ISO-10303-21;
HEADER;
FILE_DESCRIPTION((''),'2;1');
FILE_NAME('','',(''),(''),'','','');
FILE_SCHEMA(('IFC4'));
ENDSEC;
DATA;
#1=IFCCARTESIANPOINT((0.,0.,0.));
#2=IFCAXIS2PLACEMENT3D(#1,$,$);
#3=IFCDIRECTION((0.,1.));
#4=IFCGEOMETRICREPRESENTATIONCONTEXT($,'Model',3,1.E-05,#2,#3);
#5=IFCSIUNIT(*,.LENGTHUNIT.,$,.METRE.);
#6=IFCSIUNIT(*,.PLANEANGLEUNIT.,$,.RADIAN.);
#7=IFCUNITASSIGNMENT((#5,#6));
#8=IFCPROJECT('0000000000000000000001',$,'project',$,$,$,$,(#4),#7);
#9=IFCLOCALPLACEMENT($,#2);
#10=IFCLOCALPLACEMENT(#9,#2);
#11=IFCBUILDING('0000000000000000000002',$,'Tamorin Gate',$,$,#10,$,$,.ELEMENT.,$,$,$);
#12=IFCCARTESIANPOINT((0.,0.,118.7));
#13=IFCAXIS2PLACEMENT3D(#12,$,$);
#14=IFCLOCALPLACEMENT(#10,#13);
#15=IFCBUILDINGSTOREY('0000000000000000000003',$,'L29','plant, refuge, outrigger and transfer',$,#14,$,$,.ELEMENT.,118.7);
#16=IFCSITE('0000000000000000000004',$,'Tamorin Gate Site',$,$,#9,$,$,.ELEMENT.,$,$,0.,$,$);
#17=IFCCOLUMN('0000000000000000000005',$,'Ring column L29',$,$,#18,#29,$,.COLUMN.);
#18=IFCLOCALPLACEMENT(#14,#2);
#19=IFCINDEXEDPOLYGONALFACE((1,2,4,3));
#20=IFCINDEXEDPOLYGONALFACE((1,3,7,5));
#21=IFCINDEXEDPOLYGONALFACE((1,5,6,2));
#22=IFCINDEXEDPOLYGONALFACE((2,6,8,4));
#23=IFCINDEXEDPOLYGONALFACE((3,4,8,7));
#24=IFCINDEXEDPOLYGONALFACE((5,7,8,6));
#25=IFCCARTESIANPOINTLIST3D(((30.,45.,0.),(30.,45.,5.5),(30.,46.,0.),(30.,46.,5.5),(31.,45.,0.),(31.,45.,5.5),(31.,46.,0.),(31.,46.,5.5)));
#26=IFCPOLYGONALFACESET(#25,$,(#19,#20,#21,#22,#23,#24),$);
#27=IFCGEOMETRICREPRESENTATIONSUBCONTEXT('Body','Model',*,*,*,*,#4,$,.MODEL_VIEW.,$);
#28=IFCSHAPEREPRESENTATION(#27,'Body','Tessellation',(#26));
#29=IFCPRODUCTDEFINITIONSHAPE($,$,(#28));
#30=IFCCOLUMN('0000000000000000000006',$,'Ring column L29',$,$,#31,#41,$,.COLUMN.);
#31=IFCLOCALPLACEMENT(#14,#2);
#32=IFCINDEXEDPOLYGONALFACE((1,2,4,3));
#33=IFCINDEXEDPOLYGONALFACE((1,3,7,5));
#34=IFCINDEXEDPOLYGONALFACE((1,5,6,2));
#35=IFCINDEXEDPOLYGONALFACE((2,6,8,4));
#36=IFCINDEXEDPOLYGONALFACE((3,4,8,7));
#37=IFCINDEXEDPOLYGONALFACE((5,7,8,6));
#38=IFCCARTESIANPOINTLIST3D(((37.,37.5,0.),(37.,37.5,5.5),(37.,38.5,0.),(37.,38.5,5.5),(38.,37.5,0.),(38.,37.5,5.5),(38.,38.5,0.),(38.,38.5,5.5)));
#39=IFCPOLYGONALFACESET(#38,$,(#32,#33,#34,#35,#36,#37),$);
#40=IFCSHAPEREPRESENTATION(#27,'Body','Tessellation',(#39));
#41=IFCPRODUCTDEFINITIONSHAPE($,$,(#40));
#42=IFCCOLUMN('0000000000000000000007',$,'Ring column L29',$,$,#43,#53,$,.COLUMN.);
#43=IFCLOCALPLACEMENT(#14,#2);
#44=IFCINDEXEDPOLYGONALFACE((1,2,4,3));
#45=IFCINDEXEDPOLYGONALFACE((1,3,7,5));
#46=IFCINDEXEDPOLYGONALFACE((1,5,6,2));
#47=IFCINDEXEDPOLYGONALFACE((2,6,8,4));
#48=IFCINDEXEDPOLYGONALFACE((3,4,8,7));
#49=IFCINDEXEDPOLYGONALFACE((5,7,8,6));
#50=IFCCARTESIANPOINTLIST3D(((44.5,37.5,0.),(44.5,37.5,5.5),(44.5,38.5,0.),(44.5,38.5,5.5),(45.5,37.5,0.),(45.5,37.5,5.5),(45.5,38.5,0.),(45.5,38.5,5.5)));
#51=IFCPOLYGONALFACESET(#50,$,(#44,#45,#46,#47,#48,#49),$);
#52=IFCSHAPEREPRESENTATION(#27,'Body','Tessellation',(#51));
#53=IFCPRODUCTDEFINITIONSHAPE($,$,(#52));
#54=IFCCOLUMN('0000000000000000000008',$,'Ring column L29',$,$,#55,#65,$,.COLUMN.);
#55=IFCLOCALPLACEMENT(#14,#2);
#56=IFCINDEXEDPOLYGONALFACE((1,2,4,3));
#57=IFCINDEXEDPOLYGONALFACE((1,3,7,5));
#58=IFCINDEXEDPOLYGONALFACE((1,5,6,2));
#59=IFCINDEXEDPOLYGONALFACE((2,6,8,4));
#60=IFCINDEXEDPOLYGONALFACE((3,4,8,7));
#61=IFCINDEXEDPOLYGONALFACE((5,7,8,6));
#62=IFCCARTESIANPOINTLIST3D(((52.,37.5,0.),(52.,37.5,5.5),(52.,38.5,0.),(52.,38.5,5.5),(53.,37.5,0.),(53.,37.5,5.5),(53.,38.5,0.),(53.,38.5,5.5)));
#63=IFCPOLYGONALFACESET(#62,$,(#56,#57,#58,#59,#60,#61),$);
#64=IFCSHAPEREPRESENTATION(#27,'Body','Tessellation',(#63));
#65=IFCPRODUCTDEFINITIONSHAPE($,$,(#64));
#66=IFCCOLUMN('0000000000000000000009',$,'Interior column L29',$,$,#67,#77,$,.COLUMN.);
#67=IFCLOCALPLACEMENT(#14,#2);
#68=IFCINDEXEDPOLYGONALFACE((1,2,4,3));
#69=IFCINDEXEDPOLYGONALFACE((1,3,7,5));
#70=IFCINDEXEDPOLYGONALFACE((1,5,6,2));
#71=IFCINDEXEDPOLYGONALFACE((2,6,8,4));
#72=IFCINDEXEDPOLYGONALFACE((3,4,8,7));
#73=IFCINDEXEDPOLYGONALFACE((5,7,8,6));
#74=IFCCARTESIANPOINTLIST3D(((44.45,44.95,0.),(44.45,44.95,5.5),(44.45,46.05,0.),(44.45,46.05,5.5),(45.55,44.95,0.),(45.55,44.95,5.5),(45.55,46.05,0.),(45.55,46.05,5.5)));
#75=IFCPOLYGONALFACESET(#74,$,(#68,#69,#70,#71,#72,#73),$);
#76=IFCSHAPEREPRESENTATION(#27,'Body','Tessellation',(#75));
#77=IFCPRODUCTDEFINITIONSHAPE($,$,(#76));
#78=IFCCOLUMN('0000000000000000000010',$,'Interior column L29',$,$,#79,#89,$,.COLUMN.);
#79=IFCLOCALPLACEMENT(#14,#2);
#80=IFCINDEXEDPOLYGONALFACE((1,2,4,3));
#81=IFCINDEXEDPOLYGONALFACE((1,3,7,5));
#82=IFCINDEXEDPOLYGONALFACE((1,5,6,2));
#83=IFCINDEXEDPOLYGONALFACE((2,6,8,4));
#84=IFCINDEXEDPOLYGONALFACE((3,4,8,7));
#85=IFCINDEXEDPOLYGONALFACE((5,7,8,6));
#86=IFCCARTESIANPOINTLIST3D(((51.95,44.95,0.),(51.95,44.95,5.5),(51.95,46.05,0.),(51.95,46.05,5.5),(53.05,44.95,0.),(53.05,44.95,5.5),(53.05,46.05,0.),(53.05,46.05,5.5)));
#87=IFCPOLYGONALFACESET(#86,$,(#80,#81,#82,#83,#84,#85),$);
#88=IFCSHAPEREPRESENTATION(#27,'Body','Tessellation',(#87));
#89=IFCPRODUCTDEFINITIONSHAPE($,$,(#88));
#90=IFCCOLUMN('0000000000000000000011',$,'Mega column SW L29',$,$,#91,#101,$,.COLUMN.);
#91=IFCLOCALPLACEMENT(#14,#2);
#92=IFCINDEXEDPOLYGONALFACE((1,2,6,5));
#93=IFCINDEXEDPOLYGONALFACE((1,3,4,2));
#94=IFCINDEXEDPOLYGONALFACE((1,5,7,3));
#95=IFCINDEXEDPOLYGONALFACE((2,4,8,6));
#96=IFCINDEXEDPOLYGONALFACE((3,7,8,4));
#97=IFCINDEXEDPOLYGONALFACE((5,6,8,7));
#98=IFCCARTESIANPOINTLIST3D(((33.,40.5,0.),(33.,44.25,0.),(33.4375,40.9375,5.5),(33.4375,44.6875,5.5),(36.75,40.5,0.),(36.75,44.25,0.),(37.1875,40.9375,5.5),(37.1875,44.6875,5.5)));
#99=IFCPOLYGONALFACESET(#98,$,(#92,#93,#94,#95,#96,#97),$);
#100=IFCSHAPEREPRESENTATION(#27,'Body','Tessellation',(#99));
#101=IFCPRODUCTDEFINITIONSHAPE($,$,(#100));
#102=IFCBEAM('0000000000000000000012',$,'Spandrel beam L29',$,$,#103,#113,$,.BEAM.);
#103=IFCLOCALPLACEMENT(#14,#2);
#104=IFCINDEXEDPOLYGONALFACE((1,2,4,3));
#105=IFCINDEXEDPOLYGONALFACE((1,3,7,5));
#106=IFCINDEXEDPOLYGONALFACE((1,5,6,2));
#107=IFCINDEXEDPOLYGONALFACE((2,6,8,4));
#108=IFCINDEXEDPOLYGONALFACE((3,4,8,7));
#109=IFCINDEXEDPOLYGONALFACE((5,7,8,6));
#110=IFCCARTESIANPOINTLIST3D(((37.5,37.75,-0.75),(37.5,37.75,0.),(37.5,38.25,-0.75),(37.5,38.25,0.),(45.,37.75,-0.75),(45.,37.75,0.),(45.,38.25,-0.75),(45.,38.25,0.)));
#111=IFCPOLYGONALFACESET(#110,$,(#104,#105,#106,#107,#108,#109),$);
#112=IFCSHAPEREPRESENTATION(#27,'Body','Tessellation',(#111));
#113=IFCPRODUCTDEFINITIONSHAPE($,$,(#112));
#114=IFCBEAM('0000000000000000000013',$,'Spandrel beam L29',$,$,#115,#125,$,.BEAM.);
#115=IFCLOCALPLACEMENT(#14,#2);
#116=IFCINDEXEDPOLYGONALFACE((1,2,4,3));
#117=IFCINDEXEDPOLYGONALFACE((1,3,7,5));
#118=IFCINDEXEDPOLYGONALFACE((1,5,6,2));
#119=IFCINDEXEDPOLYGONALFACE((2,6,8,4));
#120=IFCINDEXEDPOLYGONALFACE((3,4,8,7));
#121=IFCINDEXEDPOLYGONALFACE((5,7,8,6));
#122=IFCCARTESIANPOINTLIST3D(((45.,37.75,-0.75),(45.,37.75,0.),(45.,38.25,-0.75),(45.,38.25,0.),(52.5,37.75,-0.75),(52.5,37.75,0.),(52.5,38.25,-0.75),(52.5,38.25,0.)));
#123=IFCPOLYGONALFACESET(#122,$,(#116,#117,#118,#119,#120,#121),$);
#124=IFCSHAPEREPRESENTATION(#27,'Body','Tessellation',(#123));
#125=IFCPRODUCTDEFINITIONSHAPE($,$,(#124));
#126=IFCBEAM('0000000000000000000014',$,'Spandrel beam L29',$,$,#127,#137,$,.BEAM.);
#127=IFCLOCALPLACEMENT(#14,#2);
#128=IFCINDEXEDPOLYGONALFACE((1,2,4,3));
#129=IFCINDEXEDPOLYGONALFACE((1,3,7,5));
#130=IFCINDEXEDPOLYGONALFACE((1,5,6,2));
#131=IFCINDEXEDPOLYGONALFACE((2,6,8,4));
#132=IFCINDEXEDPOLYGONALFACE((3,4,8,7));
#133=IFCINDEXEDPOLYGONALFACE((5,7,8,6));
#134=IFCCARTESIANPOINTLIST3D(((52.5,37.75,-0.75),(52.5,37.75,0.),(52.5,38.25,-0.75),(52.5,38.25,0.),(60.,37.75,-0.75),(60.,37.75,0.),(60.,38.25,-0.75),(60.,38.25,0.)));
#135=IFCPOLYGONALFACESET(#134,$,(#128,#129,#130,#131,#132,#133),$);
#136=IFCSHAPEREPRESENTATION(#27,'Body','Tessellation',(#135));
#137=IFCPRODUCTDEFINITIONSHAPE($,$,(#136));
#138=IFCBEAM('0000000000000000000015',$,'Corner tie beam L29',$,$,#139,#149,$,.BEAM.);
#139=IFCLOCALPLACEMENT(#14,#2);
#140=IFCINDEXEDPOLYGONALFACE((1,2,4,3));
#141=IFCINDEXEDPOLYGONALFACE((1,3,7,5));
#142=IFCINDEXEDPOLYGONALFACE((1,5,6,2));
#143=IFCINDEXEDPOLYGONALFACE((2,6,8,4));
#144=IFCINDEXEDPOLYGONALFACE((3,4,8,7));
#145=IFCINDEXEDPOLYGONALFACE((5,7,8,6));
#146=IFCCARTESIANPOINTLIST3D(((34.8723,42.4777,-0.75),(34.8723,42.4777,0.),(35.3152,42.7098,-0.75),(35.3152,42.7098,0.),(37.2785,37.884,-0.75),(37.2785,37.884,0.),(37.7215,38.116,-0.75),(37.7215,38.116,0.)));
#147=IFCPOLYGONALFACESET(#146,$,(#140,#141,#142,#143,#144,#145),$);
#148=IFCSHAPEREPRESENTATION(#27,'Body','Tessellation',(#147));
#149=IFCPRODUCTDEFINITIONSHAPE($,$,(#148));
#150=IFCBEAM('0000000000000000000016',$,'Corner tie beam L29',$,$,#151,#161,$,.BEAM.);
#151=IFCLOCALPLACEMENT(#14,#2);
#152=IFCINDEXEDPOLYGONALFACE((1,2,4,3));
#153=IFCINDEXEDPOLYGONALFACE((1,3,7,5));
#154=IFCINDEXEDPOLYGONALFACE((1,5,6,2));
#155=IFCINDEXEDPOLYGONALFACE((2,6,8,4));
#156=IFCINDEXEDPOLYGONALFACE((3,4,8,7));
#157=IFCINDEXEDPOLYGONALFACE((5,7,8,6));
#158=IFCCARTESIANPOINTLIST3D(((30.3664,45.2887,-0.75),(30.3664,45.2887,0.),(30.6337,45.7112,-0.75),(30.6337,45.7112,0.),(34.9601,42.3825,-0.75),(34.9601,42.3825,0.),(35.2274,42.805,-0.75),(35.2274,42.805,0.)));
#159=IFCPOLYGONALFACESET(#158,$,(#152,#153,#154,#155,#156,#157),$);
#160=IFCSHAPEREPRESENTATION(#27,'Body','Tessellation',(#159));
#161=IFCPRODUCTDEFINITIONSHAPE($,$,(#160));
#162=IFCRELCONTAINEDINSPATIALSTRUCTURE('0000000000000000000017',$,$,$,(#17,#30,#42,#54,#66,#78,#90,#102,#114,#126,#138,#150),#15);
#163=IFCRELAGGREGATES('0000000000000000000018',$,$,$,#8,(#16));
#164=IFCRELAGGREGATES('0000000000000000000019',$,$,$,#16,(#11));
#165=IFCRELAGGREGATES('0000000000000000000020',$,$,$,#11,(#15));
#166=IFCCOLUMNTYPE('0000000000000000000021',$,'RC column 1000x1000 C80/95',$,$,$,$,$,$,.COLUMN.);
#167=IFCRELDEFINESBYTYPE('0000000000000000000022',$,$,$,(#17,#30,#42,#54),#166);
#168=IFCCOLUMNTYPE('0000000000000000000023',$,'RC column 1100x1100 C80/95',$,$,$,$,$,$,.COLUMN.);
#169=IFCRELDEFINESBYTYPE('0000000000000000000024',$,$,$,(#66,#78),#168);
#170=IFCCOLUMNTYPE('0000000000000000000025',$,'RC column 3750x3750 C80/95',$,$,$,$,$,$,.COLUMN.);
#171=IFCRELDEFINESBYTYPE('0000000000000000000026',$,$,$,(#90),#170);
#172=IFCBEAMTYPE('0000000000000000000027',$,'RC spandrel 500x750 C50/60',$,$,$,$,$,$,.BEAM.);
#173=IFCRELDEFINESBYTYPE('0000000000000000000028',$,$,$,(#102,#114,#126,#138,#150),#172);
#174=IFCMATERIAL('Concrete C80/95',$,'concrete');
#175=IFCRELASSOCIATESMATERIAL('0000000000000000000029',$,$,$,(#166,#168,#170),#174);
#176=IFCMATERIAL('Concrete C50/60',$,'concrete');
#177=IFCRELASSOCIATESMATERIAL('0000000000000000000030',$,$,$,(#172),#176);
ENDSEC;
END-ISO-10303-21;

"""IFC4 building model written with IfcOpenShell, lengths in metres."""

from ifc_helpers import new_model, si_unit, direction, frame, origin, origin_2d, place, context, subcontext, project, spatial, rectangle, extrude, material, material_profile, profile_set, type_object, element, save


model = new_model("IFC4")

# Units and contexts
model_context = context("Model", 3, precision=1e-05, world=origin(), true_north=direction((0.0, 1.0)))
body_context = subcontext(model_context, "Body", "Model", "MODEL_VIEW")
ifc_project = project(units=[si_unit("LENGTHUNIT", "METRE"), si_unit("PLANEANGLEUNIT", "RADIAN")], contexts=[model_context])

# Site, building, storey
site_placement = place(None, origin())
site = spatial("IfcSite", under=ifc_project, at=site_placement, Name="Tamorin Gate Site", CompositionType="ELEMENT", RefElevation=0.0)
building_placement = place(site_placement, origin())
building = spatial("IfcBuilding", under=site, at=building_placement, Name="Tamorin Gate", CompositionType="ELEMENT")
storey_placement = place(building_placement, frame((0.0, 0.0, 118.7)))
storey = spatial("IfcBuildingStorey", under=building, at=storey_placement, Name="L29", Description="plant, refuge, outrigger and transfer", CompositionType="ELEMENT", Elevation=118.7)

# Columns
ifc_material_1 = material(Name="Concrete C80/95", Category="concrete")
ifc_material_profile_1 = material_profile(ifc_material_1, rectangle(XDim=1.0, YDim=1.0, at=origin_2d()), Name="RC 1000x1000")
ifc_profile_set_1 = profile_set([ifc_material_profile_1], Name="Concrete C80/95")
column_type_1 = type_object("IfcColumnType", Name="RC column 1000x1000 C80/95", PredefinedType="COLUMN", material=ifc_profile_set_1)
for number, where, z_axis, x_axis, name in (
    (1, (30.5, 45.5, 0.0), (0.0, 0.0, 1.0), (1.0, 0.0, 0.0), "Ring column L29"),
    (2, (37.5, 38.0, 0.0), (0.0, 0.0, 1.0), (1.0, 0.0, 0.0), "Ring column L29"),
    (3, (45.0, 38.0, 0.0), (0.0, 0.0, 1.0), (1.0, 0.0, 0.0), "Ring column L29"),
    (4, (52.5, 38.0, 0.0), (0.0, 0.0, 1.0), (1.0, 0.0, 0.0), "Ring column L29"),
):
    element("IfcColumn", number, at=place(storey_placement, frame(where, z_axis=z_axis, x_axis=x_axis)), inside=storey, type_object=column_type_1, Name=name, PredefinedType="COLUMN", context=body_context, shape_type="SweptSolid", body=[
        extrude(rectangle(XDim=1.0, YDim=1.0, at=origin_2d()), origin(), (0.0, 0.0, 1.0), 5.5),
    ])
ifc_material_profile_2 = material_profile(ifc_material_1, rectangle(XDim=1.1001, YDim=1.1001, at=origin_2d()), Name="RC 1100x1100")
ifc_profile_set_2 = profile_set([ifc_material_profile_2], Name="Concrete C80/95")
column_type_2 = type_object("IfcColumnType", Name="RC column 1100x1100 C80/95", PredefinedType="COLUMN", material=ifc_profile_set_2)
for number, where, z_axis, x_axis, name in (
    (5, (45.0, 45.5, 0.0), (0.0, 0.0, 1.0), (1.0, 0.0, 0.0), "Interior column L29"),
    (6, (52.5, 45.5, 0.0), (0.0, 0.0, 1.0), (1.0, 0.0, 0.0), "Interior column L29"),
):
    element("IfcColumn", number, at=place(storey_placement, frame(where, z_axis=z_axis, x_axis=x_axis)), inside=storey, type_object=column_type_2, Name=name, PredefinedType="COLUMN", context=body_context, shape_type="SweptSolid", body=[
        extrude(rectangle(XDim=1.1001, YDim=1.1001, at=origin_2d()), origin(), (0.0, 0.0, 1.0), 5.5),
    ])
ifc_material_profile_3 = material_profile(ifc_material_1, rectangle(XDim=3.75, YDim=3.75, at=origin_2d()), Name="RC 3750x3750")
ifc_profile_set_3 = profile_set([ifc_material_profile_3], Name="Concrete C80/95")
column_type_3 = type_object("IfcColumnType", Name="RC column 3750x3750 C80/95", PredefinedType="COLUMN", material=ifc_profile_set_3)
column_placement = place(storey_placement, frame((34.875, 42.375, 0.0), z_axis=(0.0, 0.0, 1.0), x_axis=(1.0, 0.0, 0.0)))
element("IfcColumn", 7, at=column_placement, inside=storey, type_object=column_type_3, Name="Mega column SW L29", PredefinedType="COLUMN", context=body_context, shape_type="SweptSolid", body=[
    extrude(rectangle(XDim=3.75, YDim=3.75, at=origin_2d()), origin(), (0.079047, 0.079047, 0.993732), 5.5347),
])

# Beams
ifc_material_2 = material(Name="Concrete C50/60", Category="concrete")
ifc_material_profile_4 = material_profile(ifc_material_2, rectangle(XDim=0.5, YDim=0.75, at=origin_2d()), Name="RC 500x750")
ifc_profile_set_4 = profile_set([ifc_material_profile_4], Name="Concrete C50/60")
beam_type = type_object("IfcBeamType", Name="RC spandrel 500x750 C50/60", PredefinedType="BEAM", material=ifc_profile_set_4)
for number, where, z_axis, x_axis, name in (
    (8, (37.5, 38.0, -0.375), (1.0, 0.0, 0.0), (0.0, 1.0, 0.0), "Spandrel beam L29"),
    (9, (45.0, 38.0, -0.375), (1.0, 0.0, 0.0), (0.0, 1.0, 0.0), "Spandrel beam L29"),
    (10, (52.5, 38.0, -0.375), (1.0, 0.0, 0.0), (0.0, 1.0, 0.0), "Spandrel beam L29"),
):
    element("IfcBeam", number, at=place(storey_placement, frame(where, z_axis=z_axis, x_axis=x_axis)), inside=storey, type_object=beam_type, Name=name, PredefinedType="BEAM", context=body_context, shape_type="SweptSolid", body=[
        extrude(rectangle(XDim=0.5, YDim=0.75, at=origin_2d()), origin(), (0.0, 0.0, 1.0), 7.5),
    ])
beam_1_placement = place(storey_placement, frame((35.0938, 42.5938, -0.375), z_axis=(0.464007, -0.885832, 0.0), x_axis=(0.885832, 0.464007, 0.0)))
element("IfcBeam", 11, at=beam_1_placement, inside=storey, type_object=beam_type, Name="Corner tie beam L29", PredefinedType="BEAM", context=body_context, shape_type="SweptSolid", body=[
    extrude(rectangle(XDim=0.5, YDim=0.75, at=origin_2d()), origin(), (0.0, 0.0, 1.0), 5.1858),
])
beam_2_placement = place(storey_placement, frame((35.0938, 42.5938, -0.375), z_axis=(-0.845079, 0.534642, 0.0), x_axis=(-0.534642, -0.845079, 0.0)))
element("IfcBeam", 12, at=beam_2_placement, inside=storey, type_object=beam_type, Name="Corner tie beam L29", PredefinedType="BEAM", context=body_context, shape_type="SweptSolid", body=[
    extrude(rectangle(XDim=0.5, YDim=0.75, at=origin_2d()), origin(), (0.0, 0.0, 1.0), 5.4358),
])

save(model, "model.ifc")
